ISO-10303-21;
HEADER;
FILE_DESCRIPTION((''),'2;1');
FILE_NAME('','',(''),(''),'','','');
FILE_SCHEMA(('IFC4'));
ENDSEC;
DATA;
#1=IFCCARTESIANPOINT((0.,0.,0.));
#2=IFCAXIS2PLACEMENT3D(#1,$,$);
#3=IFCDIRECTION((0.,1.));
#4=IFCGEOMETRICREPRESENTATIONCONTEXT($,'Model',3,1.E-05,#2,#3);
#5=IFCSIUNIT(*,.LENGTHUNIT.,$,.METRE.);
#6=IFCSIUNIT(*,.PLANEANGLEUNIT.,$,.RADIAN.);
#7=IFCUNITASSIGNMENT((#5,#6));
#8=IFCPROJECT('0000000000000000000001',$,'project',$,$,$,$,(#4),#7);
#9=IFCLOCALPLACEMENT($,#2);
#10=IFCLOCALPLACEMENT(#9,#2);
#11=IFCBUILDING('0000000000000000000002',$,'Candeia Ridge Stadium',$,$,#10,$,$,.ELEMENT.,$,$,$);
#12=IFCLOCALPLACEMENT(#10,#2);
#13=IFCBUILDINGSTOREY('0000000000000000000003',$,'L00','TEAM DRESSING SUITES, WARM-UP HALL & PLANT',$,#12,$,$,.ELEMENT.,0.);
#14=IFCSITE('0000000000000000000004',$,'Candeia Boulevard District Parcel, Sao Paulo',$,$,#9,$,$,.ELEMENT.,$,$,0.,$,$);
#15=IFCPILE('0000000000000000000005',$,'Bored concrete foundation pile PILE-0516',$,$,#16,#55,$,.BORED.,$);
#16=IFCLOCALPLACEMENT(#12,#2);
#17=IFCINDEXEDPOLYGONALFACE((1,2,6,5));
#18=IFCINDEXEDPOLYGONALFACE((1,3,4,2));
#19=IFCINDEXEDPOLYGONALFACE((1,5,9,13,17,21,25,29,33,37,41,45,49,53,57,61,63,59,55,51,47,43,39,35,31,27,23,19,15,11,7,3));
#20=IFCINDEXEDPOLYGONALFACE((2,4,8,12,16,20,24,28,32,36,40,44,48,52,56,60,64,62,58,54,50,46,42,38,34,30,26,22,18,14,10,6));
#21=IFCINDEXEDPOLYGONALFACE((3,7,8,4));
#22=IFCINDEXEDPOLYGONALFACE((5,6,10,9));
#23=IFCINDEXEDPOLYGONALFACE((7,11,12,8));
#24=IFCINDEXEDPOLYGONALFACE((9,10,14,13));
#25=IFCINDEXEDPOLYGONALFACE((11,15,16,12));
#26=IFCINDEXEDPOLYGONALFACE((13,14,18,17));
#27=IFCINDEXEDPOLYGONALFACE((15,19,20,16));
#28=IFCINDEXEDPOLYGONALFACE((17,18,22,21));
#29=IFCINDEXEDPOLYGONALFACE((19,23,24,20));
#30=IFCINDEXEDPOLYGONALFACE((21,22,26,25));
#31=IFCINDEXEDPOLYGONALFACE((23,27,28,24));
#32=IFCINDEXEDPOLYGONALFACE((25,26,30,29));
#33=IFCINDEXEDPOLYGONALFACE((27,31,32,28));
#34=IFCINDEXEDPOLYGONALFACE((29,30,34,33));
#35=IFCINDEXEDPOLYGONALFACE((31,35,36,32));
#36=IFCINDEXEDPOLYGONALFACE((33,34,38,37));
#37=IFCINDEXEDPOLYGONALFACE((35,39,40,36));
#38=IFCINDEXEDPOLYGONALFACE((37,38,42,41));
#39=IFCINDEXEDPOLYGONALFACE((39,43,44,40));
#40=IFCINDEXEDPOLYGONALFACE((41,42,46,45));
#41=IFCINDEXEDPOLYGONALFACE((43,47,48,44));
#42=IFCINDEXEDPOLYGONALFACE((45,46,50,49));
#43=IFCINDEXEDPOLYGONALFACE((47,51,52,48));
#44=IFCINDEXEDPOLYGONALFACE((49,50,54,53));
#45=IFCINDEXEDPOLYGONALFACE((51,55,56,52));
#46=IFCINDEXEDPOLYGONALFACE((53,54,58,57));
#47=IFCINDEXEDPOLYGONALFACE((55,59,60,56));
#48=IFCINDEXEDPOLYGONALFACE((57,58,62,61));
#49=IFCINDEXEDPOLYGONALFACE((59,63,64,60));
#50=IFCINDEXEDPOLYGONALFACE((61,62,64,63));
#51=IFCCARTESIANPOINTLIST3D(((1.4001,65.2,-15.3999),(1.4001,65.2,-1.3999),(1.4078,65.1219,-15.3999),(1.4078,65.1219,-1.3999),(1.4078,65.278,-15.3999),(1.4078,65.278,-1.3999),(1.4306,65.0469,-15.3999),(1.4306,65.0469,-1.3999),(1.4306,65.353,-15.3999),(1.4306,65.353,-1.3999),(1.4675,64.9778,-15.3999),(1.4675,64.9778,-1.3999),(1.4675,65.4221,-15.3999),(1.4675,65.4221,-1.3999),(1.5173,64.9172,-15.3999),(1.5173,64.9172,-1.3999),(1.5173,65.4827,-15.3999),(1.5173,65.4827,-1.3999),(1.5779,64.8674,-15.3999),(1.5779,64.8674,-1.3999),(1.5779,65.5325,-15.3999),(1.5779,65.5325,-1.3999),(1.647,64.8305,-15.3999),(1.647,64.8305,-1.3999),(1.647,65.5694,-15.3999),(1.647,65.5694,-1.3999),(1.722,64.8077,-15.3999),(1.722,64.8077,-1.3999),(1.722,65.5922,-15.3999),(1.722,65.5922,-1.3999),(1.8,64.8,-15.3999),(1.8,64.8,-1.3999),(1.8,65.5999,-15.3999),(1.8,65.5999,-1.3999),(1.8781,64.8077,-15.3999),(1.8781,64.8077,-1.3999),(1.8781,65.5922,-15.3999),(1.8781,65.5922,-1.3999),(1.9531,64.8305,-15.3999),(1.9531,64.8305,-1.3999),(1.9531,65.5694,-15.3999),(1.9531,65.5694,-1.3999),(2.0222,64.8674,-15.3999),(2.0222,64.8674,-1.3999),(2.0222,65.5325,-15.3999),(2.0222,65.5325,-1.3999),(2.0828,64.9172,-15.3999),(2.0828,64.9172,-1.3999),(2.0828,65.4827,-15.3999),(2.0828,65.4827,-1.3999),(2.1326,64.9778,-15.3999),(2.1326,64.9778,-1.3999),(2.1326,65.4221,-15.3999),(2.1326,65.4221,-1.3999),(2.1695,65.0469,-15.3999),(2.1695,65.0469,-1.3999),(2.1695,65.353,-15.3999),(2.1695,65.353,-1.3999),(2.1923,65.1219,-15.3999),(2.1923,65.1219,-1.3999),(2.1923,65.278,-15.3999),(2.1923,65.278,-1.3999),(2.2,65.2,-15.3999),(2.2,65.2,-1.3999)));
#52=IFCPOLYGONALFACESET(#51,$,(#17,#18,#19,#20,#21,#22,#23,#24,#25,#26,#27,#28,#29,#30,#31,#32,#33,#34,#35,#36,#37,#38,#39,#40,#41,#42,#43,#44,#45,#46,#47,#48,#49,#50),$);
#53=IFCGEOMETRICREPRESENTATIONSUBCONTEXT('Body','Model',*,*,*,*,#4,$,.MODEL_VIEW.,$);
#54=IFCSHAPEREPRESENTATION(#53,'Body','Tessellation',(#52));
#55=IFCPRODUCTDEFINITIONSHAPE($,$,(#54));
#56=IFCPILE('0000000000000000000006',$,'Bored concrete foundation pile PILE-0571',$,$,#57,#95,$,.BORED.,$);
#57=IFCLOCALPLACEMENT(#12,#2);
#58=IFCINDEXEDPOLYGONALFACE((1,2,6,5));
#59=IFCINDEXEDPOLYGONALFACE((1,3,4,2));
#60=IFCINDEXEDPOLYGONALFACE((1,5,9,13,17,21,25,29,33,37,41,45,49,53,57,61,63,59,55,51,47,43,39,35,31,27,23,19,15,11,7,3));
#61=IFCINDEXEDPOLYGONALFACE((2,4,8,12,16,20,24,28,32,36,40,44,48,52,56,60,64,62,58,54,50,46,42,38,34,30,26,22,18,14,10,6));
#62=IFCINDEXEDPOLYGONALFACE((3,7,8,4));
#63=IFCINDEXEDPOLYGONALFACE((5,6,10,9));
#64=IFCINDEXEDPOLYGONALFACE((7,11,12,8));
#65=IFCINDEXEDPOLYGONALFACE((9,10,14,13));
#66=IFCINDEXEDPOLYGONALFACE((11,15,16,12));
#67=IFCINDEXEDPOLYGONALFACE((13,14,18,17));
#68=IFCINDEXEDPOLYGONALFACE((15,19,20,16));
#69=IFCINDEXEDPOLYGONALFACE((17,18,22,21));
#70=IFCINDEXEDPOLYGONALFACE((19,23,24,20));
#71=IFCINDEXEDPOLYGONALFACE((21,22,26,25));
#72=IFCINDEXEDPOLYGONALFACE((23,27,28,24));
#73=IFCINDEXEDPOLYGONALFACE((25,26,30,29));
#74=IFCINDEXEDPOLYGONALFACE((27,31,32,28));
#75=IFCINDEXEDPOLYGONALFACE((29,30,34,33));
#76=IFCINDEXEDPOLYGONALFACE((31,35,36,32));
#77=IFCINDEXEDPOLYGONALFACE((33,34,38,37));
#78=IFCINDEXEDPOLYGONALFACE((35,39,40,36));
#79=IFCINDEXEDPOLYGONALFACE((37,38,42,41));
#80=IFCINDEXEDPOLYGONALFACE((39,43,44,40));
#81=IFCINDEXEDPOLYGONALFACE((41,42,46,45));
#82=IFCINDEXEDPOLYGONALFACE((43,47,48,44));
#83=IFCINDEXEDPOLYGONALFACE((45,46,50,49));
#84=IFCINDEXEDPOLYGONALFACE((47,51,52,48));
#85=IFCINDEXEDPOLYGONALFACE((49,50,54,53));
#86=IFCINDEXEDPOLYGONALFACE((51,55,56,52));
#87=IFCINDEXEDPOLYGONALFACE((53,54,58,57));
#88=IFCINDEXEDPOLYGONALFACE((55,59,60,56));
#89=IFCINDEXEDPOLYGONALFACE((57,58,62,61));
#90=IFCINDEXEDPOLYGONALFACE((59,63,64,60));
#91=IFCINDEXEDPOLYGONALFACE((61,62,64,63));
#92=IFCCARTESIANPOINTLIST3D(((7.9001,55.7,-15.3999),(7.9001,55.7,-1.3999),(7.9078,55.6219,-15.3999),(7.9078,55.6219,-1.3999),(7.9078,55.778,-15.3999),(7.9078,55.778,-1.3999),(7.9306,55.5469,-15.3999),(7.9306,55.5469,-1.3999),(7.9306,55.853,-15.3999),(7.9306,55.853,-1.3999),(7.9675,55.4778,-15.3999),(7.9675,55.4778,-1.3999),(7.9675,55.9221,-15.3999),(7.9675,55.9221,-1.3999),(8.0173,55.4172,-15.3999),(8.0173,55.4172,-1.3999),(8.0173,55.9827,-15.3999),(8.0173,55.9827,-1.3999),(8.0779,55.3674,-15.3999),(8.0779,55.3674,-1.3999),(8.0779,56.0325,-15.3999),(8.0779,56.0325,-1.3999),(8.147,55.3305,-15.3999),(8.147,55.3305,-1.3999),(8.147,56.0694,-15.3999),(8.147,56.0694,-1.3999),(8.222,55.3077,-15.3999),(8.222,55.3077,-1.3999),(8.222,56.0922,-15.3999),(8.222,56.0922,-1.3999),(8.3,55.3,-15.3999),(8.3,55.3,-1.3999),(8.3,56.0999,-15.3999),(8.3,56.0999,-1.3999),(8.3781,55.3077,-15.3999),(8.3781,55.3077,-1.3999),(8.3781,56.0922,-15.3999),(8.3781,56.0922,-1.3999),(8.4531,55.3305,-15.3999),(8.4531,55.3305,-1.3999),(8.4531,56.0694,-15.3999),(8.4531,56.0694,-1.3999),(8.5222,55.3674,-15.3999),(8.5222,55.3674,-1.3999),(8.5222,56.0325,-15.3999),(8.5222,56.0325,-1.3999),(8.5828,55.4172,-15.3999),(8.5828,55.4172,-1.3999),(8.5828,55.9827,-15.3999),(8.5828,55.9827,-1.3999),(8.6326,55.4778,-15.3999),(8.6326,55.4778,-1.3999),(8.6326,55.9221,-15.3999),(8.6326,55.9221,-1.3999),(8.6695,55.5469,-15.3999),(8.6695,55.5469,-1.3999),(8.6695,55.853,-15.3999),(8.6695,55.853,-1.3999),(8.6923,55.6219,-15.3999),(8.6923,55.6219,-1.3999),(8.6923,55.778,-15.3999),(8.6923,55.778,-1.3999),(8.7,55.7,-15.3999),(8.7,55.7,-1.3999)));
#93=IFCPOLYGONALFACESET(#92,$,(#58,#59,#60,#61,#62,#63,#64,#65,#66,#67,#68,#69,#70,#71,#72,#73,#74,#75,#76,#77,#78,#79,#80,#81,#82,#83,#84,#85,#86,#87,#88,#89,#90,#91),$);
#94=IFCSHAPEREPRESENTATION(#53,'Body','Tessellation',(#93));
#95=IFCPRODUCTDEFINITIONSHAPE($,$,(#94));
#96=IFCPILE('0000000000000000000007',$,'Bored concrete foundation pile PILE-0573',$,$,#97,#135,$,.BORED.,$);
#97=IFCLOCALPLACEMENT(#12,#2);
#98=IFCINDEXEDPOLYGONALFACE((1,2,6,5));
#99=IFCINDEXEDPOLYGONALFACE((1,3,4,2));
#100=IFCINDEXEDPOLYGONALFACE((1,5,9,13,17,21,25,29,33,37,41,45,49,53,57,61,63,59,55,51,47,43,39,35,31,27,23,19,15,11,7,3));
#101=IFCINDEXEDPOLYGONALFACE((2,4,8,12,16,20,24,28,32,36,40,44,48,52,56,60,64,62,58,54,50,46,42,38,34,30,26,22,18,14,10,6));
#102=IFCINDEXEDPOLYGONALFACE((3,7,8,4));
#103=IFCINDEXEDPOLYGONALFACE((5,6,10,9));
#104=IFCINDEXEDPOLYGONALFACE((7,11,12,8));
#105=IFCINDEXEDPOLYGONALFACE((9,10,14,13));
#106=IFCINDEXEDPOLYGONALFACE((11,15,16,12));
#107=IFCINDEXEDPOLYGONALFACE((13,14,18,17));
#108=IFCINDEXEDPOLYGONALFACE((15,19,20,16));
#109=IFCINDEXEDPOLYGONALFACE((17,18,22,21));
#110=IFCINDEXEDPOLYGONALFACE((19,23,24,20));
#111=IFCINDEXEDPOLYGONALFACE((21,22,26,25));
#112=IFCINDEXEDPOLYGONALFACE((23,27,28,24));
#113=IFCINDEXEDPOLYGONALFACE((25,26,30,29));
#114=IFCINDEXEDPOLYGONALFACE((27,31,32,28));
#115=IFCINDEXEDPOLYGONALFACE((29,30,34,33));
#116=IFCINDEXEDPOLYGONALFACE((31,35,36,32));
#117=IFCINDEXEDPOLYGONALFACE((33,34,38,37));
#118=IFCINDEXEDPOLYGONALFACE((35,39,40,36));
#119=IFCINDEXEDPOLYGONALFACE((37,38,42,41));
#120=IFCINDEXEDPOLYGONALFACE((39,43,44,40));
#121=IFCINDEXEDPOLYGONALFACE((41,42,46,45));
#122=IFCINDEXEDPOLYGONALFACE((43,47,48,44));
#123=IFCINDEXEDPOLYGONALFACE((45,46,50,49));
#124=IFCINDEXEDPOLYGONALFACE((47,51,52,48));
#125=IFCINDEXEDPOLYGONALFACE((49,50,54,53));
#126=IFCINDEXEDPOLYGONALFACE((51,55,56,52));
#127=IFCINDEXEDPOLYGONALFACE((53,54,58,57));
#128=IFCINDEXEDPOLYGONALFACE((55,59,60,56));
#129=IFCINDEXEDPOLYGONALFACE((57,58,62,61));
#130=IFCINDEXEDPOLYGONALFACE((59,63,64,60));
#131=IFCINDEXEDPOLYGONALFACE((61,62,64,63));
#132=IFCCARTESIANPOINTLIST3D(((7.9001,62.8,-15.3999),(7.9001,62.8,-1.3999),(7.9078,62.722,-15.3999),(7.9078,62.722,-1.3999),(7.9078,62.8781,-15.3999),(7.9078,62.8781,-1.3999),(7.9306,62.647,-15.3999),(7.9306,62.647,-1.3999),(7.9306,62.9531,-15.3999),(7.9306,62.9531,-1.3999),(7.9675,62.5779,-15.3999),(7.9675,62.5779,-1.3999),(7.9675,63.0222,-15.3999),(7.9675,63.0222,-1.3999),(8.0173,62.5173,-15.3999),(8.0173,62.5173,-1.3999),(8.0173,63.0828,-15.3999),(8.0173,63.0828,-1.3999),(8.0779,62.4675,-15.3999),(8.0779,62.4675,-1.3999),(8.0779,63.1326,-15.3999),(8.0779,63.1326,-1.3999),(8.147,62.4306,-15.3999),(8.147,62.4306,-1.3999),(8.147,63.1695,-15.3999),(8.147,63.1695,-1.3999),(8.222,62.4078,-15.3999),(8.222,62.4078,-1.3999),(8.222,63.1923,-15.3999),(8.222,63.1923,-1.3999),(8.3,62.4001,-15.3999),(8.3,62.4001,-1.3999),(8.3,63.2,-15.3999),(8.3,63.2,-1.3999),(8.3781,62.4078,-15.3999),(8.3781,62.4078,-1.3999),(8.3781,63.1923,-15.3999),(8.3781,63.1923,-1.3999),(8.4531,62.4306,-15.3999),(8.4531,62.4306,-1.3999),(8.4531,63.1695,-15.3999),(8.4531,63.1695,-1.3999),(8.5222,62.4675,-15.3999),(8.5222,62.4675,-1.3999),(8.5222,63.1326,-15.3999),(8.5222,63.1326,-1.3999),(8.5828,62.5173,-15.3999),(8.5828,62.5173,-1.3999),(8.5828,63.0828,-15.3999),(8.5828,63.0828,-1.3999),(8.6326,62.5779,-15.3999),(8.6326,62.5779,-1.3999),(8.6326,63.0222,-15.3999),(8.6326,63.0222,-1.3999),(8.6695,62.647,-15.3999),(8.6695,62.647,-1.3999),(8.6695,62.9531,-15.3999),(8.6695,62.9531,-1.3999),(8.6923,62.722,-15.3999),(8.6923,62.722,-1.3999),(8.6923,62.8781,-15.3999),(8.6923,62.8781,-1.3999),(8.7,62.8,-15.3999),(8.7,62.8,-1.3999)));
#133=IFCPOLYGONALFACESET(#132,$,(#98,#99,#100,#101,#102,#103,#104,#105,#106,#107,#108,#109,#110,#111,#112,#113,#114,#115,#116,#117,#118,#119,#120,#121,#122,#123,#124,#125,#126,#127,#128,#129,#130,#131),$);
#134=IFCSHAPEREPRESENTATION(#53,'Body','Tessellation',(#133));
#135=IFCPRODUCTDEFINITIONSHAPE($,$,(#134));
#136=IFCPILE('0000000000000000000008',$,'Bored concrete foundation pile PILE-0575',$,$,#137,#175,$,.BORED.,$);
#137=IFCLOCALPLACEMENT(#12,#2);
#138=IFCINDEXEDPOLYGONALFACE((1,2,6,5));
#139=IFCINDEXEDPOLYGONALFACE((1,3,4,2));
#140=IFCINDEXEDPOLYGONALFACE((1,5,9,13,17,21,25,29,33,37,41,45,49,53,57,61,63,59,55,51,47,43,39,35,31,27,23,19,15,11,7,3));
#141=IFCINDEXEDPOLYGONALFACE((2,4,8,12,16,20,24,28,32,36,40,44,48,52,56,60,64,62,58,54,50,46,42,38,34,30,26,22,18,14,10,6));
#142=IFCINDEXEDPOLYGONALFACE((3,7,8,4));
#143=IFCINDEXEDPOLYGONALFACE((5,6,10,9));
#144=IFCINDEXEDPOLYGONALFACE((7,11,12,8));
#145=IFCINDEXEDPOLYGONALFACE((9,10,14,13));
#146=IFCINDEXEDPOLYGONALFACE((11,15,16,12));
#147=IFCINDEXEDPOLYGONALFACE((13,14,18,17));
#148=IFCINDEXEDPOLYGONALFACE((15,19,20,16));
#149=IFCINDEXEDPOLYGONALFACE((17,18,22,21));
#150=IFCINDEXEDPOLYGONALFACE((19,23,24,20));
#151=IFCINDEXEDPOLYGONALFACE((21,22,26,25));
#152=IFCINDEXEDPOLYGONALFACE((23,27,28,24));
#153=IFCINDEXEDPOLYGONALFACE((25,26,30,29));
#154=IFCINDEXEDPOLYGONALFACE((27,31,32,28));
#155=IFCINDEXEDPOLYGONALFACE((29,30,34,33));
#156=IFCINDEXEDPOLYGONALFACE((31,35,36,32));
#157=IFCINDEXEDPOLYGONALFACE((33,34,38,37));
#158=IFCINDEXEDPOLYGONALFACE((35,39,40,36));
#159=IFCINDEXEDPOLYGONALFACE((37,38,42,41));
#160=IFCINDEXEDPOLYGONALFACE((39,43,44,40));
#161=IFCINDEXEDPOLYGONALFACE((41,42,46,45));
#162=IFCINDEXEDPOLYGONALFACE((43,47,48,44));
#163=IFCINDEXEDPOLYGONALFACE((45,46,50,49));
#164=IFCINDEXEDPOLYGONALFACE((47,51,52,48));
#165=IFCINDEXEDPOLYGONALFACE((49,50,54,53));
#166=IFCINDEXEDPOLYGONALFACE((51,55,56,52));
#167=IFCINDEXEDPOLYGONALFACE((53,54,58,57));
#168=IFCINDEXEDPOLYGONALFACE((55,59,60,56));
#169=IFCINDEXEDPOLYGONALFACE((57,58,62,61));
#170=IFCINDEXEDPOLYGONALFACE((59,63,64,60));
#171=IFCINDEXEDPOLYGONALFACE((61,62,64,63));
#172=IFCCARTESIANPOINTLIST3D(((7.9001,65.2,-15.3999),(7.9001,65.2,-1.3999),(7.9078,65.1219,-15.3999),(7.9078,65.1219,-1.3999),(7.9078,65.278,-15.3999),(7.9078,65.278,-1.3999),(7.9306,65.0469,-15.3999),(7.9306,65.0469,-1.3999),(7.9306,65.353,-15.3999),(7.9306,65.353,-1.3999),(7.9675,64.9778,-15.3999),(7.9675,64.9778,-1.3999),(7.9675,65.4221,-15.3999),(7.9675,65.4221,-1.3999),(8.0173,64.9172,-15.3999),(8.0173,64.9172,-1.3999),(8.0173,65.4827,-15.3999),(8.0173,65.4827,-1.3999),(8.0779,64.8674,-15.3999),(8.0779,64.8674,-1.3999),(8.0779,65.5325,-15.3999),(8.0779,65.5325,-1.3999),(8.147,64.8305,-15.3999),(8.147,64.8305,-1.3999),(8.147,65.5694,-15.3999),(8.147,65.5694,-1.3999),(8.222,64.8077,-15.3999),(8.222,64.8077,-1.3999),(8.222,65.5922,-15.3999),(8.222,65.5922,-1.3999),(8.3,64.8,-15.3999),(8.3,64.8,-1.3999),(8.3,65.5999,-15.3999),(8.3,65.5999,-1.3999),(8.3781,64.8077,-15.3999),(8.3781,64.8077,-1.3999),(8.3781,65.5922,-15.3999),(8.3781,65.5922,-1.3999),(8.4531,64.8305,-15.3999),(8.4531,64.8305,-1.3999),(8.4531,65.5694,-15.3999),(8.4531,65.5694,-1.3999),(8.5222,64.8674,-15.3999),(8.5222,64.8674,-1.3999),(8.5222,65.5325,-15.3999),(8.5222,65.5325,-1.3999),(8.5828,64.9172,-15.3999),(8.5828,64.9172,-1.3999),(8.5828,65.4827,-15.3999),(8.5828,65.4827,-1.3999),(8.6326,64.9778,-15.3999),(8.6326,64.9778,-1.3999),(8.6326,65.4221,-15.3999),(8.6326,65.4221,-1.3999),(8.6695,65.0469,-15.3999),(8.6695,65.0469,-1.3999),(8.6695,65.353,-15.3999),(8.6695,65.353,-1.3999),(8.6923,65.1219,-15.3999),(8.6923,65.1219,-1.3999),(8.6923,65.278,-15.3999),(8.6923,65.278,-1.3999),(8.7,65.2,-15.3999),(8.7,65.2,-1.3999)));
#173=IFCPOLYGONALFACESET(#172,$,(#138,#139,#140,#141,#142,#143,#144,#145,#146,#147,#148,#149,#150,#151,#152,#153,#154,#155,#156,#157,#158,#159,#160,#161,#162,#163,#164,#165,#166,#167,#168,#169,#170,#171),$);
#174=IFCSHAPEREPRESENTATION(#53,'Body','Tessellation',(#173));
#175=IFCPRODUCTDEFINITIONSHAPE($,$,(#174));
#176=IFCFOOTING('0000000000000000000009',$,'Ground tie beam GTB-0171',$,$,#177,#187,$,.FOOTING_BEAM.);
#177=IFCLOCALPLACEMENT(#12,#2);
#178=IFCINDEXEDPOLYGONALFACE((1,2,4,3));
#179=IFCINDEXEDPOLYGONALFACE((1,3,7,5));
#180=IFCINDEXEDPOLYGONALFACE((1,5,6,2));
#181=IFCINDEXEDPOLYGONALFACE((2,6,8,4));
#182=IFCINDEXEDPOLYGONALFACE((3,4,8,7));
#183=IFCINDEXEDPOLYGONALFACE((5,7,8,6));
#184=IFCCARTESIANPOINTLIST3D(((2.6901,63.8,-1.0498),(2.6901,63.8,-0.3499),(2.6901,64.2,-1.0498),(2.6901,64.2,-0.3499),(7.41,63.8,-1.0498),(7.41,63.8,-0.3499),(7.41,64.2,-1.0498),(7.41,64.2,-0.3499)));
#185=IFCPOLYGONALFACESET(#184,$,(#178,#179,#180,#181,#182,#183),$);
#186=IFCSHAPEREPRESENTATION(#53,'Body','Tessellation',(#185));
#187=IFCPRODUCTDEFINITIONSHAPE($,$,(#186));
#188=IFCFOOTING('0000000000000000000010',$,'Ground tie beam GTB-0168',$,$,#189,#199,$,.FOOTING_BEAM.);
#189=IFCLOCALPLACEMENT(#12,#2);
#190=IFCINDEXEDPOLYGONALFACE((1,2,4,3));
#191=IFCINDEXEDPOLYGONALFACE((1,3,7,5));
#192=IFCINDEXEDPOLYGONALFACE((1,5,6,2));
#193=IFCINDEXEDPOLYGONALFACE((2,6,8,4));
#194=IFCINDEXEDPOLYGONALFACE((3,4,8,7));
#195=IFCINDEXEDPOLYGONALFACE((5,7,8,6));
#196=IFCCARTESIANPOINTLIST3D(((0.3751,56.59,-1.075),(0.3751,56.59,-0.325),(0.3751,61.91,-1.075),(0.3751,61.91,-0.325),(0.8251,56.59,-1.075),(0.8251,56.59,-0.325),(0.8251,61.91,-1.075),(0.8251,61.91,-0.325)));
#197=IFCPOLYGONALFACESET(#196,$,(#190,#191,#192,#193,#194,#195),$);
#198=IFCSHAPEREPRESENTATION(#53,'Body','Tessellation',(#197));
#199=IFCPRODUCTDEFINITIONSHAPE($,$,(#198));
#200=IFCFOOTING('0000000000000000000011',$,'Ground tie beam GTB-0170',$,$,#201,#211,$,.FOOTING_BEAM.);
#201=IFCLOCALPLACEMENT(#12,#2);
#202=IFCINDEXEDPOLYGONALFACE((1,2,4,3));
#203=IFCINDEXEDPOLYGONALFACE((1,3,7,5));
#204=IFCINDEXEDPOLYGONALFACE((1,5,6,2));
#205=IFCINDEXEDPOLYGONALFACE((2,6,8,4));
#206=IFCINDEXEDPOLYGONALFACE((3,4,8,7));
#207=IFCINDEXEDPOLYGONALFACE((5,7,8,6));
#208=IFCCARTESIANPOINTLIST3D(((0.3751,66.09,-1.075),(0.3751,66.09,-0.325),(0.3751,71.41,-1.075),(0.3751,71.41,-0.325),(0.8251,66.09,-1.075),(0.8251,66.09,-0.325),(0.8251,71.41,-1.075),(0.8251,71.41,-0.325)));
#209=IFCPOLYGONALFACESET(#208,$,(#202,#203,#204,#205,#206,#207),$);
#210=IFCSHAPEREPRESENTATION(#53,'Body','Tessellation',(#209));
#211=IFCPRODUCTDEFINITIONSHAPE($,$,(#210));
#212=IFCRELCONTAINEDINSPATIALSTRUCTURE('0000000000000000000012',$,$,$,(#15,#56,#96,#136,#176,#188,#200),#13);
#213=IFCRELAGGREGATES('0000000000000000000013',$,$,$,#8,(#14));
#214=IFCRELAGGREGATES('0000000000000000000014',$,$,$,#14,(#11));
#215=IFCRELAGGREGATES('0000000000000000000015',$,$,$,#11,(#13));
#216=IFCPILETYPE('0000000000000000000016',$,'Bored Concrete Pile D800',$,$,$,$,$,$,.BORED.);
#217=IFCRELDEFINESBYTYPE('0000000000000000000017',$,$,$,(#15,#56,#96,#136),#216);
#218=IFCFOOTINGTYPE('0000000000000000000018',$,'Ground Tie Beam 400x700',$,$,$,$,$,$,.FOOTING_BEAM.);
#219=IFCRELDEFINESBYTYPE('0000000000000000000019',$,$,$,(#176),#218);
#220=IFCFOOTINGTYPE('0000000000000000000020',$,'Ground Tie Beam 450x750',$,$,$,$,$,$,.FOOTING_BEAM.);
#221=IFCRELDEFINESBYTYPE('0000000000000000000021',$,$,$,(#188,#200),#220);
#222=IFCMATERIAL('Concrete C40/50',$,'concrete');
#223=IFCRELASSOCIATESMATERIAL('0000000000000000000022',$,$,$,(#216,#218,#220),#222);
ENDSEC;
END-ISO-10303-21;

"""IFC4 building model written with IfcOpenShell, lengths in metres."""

from ifc_helpers import new_model, si_unit, direction, frame, origin, origin_2d, place, context, subcontext, project, spatial, rectangle, circle, extrude, material, material_profile, profile_set, type_object, element, save


model = new_model("IFC4")

# Units and contexts
model_context = context("Model", 3, precision=1e-05, world=origin(), true_north=direction((0.0, 1.0)))
body_context = subcontext(model_context, "Body", "Model", "MODEL_VIEW")
ifc_project = project(units=[si_unit("LENGTHUNIT", "METRE"), si_unit("PLANEANGLEUNIT", "RADIAN")], contexts=[model_context])

# Site, building, storey
site_placement = place(None, origin())
site = spatial("IfcSite", under=ifc_project, at=site_placement, Name="Candeia Boulevard District Parcel, Sao Paulo", CompositionType="ELEMENT", RefElevation=0.0)
building_placement = place(site_placement, origin())
building = spatial("IfcBuilding", under=site, at=building_placement, Name="Candeia Ridge Stadium", CompositionType="ELEMENT")
storey_placement = place(building_placement, origin())
storey = spatial("IfcBuildingStorey", under=building, at=storey_placement, Name="L00", Description="TEAM DRESSING SUITES, WARM-UP HALL & PLANT", CompositionType="ELEMENT", Elevation=0.0)

# Piles
ifc_material_1 = material(Name="Concrete C40/50", Category="concrete")
ifc_material_profile_1 = material_profile(ifc_material_1, circle(Radius=0.3999, at=origin_2d()), Name="PILE-D800", Category="concrete")
ifc_profile_set_1 = profile_set([ifc_material_profile_1], Name="Concrete C40/50")
pile_type = type_object("IfcPileType", Name="Bored Concrete Pile D800", PredefinedType="BORED", material=ifc_profile_set_1)
for number, where, z_axis, x_axis, name in (
    (1, (1.8, 65.2, -1.3999), (0.0, 0.0, -1.0), (1.0, 0.0, 0.0), "Bored concrete foundation pile PILE-0516"),
    (2, (8.3, 55.7, -1.3999), (0.0, 0.0, -1.0), (1.0, 0.0, 0.0), "Bored concrete foundation pile PILE-0571"),
    (3, (8.3, 62.8, -1.3999), (0.0, 0.0, -1.0), (1.0, 0.0, 0.0), "Bored concrete foundation pile PILE-0573"),
    (4, (8.3, 65.2, -1.3999), (0.0, 0.0, -1.0), (1.0, 0.0, 0.0), "Bored concrete foundation pile PILE-0575"),
):
    element("IfcPile", number, at=place(storey_placement, frame(where, z_axis=z_axis, x_axis=x_axis)), inside=storey, type_object=pile_type, Name=name, PredefinedType="BORED", context=body_context, shape_type="SweptSolid", body=[
        extrude(circle(Radius=0.3999, at=origin_2d()), origin(), (0.0, 0.0, 1.0), 14.0),
    ])

# Footings
footing_type_1 = type_object("IfcFootingType", Name="Ground Tie Beam 400x700", PredefinedType="FOOTING_BEAM", material=ifc_material_1)
footing_1_placement = place(storey_placement, frame((5.05, 64.0, -1.0498), z_axis=(0.0, 0.0, 1.0), x_axis=(1.0, 0.0, 0.0)))
element("IfcFooting", 5, at=footing_1_placement, inside=storey, type_object=footing_type_1, Name="Ground tie beam GTB-0171", PredefinedType="FOOTING_BEAM", context=body_context, shape_type="SweptSolid", body=[
    extrude(rectangle(XDim=4.72, YDim=0.3999, at=origin_2d()), origin(), (0.0, 0.0, 1.0), 0.7),
])
footing_type_2 = type_object("IfcFootingType", Name="Ground Tie Beam 450x750", PredefinedType="FOOTING_BEAM", material=ifc_material_1)
for number, where, z_axis, x_axis, name in (
    (6, (0.6001, 59.25, -1.075), (0.0, 0.0, 1.0), (0.0, 1.0, 0.0), "Ground tie beam GTB-0168"),
    (7, (0.6001, 68.75, -1.075), (0.0, 0.0, 1.0), (0.0, 1.0, 0.0), "Ground tie beam GTB-0170"),
):
    element("IfcFooting", number, at=place(storey_placement, frame(where, z_axis=z_axis, x_axis=x_axis)), inside=storey, type_object=footing_type_2, Name=name, PredefinedType="FOOTING_BEAM", context=body_context, shape_type="SweptSolid", body=[
        extrude(rectangle(XDim=5.3201, YDim=0.45, at=origin_2d()), origin(), (0.0, 0.0, 1.0), 0.75),
    ])

save(model, "model.ifc")
